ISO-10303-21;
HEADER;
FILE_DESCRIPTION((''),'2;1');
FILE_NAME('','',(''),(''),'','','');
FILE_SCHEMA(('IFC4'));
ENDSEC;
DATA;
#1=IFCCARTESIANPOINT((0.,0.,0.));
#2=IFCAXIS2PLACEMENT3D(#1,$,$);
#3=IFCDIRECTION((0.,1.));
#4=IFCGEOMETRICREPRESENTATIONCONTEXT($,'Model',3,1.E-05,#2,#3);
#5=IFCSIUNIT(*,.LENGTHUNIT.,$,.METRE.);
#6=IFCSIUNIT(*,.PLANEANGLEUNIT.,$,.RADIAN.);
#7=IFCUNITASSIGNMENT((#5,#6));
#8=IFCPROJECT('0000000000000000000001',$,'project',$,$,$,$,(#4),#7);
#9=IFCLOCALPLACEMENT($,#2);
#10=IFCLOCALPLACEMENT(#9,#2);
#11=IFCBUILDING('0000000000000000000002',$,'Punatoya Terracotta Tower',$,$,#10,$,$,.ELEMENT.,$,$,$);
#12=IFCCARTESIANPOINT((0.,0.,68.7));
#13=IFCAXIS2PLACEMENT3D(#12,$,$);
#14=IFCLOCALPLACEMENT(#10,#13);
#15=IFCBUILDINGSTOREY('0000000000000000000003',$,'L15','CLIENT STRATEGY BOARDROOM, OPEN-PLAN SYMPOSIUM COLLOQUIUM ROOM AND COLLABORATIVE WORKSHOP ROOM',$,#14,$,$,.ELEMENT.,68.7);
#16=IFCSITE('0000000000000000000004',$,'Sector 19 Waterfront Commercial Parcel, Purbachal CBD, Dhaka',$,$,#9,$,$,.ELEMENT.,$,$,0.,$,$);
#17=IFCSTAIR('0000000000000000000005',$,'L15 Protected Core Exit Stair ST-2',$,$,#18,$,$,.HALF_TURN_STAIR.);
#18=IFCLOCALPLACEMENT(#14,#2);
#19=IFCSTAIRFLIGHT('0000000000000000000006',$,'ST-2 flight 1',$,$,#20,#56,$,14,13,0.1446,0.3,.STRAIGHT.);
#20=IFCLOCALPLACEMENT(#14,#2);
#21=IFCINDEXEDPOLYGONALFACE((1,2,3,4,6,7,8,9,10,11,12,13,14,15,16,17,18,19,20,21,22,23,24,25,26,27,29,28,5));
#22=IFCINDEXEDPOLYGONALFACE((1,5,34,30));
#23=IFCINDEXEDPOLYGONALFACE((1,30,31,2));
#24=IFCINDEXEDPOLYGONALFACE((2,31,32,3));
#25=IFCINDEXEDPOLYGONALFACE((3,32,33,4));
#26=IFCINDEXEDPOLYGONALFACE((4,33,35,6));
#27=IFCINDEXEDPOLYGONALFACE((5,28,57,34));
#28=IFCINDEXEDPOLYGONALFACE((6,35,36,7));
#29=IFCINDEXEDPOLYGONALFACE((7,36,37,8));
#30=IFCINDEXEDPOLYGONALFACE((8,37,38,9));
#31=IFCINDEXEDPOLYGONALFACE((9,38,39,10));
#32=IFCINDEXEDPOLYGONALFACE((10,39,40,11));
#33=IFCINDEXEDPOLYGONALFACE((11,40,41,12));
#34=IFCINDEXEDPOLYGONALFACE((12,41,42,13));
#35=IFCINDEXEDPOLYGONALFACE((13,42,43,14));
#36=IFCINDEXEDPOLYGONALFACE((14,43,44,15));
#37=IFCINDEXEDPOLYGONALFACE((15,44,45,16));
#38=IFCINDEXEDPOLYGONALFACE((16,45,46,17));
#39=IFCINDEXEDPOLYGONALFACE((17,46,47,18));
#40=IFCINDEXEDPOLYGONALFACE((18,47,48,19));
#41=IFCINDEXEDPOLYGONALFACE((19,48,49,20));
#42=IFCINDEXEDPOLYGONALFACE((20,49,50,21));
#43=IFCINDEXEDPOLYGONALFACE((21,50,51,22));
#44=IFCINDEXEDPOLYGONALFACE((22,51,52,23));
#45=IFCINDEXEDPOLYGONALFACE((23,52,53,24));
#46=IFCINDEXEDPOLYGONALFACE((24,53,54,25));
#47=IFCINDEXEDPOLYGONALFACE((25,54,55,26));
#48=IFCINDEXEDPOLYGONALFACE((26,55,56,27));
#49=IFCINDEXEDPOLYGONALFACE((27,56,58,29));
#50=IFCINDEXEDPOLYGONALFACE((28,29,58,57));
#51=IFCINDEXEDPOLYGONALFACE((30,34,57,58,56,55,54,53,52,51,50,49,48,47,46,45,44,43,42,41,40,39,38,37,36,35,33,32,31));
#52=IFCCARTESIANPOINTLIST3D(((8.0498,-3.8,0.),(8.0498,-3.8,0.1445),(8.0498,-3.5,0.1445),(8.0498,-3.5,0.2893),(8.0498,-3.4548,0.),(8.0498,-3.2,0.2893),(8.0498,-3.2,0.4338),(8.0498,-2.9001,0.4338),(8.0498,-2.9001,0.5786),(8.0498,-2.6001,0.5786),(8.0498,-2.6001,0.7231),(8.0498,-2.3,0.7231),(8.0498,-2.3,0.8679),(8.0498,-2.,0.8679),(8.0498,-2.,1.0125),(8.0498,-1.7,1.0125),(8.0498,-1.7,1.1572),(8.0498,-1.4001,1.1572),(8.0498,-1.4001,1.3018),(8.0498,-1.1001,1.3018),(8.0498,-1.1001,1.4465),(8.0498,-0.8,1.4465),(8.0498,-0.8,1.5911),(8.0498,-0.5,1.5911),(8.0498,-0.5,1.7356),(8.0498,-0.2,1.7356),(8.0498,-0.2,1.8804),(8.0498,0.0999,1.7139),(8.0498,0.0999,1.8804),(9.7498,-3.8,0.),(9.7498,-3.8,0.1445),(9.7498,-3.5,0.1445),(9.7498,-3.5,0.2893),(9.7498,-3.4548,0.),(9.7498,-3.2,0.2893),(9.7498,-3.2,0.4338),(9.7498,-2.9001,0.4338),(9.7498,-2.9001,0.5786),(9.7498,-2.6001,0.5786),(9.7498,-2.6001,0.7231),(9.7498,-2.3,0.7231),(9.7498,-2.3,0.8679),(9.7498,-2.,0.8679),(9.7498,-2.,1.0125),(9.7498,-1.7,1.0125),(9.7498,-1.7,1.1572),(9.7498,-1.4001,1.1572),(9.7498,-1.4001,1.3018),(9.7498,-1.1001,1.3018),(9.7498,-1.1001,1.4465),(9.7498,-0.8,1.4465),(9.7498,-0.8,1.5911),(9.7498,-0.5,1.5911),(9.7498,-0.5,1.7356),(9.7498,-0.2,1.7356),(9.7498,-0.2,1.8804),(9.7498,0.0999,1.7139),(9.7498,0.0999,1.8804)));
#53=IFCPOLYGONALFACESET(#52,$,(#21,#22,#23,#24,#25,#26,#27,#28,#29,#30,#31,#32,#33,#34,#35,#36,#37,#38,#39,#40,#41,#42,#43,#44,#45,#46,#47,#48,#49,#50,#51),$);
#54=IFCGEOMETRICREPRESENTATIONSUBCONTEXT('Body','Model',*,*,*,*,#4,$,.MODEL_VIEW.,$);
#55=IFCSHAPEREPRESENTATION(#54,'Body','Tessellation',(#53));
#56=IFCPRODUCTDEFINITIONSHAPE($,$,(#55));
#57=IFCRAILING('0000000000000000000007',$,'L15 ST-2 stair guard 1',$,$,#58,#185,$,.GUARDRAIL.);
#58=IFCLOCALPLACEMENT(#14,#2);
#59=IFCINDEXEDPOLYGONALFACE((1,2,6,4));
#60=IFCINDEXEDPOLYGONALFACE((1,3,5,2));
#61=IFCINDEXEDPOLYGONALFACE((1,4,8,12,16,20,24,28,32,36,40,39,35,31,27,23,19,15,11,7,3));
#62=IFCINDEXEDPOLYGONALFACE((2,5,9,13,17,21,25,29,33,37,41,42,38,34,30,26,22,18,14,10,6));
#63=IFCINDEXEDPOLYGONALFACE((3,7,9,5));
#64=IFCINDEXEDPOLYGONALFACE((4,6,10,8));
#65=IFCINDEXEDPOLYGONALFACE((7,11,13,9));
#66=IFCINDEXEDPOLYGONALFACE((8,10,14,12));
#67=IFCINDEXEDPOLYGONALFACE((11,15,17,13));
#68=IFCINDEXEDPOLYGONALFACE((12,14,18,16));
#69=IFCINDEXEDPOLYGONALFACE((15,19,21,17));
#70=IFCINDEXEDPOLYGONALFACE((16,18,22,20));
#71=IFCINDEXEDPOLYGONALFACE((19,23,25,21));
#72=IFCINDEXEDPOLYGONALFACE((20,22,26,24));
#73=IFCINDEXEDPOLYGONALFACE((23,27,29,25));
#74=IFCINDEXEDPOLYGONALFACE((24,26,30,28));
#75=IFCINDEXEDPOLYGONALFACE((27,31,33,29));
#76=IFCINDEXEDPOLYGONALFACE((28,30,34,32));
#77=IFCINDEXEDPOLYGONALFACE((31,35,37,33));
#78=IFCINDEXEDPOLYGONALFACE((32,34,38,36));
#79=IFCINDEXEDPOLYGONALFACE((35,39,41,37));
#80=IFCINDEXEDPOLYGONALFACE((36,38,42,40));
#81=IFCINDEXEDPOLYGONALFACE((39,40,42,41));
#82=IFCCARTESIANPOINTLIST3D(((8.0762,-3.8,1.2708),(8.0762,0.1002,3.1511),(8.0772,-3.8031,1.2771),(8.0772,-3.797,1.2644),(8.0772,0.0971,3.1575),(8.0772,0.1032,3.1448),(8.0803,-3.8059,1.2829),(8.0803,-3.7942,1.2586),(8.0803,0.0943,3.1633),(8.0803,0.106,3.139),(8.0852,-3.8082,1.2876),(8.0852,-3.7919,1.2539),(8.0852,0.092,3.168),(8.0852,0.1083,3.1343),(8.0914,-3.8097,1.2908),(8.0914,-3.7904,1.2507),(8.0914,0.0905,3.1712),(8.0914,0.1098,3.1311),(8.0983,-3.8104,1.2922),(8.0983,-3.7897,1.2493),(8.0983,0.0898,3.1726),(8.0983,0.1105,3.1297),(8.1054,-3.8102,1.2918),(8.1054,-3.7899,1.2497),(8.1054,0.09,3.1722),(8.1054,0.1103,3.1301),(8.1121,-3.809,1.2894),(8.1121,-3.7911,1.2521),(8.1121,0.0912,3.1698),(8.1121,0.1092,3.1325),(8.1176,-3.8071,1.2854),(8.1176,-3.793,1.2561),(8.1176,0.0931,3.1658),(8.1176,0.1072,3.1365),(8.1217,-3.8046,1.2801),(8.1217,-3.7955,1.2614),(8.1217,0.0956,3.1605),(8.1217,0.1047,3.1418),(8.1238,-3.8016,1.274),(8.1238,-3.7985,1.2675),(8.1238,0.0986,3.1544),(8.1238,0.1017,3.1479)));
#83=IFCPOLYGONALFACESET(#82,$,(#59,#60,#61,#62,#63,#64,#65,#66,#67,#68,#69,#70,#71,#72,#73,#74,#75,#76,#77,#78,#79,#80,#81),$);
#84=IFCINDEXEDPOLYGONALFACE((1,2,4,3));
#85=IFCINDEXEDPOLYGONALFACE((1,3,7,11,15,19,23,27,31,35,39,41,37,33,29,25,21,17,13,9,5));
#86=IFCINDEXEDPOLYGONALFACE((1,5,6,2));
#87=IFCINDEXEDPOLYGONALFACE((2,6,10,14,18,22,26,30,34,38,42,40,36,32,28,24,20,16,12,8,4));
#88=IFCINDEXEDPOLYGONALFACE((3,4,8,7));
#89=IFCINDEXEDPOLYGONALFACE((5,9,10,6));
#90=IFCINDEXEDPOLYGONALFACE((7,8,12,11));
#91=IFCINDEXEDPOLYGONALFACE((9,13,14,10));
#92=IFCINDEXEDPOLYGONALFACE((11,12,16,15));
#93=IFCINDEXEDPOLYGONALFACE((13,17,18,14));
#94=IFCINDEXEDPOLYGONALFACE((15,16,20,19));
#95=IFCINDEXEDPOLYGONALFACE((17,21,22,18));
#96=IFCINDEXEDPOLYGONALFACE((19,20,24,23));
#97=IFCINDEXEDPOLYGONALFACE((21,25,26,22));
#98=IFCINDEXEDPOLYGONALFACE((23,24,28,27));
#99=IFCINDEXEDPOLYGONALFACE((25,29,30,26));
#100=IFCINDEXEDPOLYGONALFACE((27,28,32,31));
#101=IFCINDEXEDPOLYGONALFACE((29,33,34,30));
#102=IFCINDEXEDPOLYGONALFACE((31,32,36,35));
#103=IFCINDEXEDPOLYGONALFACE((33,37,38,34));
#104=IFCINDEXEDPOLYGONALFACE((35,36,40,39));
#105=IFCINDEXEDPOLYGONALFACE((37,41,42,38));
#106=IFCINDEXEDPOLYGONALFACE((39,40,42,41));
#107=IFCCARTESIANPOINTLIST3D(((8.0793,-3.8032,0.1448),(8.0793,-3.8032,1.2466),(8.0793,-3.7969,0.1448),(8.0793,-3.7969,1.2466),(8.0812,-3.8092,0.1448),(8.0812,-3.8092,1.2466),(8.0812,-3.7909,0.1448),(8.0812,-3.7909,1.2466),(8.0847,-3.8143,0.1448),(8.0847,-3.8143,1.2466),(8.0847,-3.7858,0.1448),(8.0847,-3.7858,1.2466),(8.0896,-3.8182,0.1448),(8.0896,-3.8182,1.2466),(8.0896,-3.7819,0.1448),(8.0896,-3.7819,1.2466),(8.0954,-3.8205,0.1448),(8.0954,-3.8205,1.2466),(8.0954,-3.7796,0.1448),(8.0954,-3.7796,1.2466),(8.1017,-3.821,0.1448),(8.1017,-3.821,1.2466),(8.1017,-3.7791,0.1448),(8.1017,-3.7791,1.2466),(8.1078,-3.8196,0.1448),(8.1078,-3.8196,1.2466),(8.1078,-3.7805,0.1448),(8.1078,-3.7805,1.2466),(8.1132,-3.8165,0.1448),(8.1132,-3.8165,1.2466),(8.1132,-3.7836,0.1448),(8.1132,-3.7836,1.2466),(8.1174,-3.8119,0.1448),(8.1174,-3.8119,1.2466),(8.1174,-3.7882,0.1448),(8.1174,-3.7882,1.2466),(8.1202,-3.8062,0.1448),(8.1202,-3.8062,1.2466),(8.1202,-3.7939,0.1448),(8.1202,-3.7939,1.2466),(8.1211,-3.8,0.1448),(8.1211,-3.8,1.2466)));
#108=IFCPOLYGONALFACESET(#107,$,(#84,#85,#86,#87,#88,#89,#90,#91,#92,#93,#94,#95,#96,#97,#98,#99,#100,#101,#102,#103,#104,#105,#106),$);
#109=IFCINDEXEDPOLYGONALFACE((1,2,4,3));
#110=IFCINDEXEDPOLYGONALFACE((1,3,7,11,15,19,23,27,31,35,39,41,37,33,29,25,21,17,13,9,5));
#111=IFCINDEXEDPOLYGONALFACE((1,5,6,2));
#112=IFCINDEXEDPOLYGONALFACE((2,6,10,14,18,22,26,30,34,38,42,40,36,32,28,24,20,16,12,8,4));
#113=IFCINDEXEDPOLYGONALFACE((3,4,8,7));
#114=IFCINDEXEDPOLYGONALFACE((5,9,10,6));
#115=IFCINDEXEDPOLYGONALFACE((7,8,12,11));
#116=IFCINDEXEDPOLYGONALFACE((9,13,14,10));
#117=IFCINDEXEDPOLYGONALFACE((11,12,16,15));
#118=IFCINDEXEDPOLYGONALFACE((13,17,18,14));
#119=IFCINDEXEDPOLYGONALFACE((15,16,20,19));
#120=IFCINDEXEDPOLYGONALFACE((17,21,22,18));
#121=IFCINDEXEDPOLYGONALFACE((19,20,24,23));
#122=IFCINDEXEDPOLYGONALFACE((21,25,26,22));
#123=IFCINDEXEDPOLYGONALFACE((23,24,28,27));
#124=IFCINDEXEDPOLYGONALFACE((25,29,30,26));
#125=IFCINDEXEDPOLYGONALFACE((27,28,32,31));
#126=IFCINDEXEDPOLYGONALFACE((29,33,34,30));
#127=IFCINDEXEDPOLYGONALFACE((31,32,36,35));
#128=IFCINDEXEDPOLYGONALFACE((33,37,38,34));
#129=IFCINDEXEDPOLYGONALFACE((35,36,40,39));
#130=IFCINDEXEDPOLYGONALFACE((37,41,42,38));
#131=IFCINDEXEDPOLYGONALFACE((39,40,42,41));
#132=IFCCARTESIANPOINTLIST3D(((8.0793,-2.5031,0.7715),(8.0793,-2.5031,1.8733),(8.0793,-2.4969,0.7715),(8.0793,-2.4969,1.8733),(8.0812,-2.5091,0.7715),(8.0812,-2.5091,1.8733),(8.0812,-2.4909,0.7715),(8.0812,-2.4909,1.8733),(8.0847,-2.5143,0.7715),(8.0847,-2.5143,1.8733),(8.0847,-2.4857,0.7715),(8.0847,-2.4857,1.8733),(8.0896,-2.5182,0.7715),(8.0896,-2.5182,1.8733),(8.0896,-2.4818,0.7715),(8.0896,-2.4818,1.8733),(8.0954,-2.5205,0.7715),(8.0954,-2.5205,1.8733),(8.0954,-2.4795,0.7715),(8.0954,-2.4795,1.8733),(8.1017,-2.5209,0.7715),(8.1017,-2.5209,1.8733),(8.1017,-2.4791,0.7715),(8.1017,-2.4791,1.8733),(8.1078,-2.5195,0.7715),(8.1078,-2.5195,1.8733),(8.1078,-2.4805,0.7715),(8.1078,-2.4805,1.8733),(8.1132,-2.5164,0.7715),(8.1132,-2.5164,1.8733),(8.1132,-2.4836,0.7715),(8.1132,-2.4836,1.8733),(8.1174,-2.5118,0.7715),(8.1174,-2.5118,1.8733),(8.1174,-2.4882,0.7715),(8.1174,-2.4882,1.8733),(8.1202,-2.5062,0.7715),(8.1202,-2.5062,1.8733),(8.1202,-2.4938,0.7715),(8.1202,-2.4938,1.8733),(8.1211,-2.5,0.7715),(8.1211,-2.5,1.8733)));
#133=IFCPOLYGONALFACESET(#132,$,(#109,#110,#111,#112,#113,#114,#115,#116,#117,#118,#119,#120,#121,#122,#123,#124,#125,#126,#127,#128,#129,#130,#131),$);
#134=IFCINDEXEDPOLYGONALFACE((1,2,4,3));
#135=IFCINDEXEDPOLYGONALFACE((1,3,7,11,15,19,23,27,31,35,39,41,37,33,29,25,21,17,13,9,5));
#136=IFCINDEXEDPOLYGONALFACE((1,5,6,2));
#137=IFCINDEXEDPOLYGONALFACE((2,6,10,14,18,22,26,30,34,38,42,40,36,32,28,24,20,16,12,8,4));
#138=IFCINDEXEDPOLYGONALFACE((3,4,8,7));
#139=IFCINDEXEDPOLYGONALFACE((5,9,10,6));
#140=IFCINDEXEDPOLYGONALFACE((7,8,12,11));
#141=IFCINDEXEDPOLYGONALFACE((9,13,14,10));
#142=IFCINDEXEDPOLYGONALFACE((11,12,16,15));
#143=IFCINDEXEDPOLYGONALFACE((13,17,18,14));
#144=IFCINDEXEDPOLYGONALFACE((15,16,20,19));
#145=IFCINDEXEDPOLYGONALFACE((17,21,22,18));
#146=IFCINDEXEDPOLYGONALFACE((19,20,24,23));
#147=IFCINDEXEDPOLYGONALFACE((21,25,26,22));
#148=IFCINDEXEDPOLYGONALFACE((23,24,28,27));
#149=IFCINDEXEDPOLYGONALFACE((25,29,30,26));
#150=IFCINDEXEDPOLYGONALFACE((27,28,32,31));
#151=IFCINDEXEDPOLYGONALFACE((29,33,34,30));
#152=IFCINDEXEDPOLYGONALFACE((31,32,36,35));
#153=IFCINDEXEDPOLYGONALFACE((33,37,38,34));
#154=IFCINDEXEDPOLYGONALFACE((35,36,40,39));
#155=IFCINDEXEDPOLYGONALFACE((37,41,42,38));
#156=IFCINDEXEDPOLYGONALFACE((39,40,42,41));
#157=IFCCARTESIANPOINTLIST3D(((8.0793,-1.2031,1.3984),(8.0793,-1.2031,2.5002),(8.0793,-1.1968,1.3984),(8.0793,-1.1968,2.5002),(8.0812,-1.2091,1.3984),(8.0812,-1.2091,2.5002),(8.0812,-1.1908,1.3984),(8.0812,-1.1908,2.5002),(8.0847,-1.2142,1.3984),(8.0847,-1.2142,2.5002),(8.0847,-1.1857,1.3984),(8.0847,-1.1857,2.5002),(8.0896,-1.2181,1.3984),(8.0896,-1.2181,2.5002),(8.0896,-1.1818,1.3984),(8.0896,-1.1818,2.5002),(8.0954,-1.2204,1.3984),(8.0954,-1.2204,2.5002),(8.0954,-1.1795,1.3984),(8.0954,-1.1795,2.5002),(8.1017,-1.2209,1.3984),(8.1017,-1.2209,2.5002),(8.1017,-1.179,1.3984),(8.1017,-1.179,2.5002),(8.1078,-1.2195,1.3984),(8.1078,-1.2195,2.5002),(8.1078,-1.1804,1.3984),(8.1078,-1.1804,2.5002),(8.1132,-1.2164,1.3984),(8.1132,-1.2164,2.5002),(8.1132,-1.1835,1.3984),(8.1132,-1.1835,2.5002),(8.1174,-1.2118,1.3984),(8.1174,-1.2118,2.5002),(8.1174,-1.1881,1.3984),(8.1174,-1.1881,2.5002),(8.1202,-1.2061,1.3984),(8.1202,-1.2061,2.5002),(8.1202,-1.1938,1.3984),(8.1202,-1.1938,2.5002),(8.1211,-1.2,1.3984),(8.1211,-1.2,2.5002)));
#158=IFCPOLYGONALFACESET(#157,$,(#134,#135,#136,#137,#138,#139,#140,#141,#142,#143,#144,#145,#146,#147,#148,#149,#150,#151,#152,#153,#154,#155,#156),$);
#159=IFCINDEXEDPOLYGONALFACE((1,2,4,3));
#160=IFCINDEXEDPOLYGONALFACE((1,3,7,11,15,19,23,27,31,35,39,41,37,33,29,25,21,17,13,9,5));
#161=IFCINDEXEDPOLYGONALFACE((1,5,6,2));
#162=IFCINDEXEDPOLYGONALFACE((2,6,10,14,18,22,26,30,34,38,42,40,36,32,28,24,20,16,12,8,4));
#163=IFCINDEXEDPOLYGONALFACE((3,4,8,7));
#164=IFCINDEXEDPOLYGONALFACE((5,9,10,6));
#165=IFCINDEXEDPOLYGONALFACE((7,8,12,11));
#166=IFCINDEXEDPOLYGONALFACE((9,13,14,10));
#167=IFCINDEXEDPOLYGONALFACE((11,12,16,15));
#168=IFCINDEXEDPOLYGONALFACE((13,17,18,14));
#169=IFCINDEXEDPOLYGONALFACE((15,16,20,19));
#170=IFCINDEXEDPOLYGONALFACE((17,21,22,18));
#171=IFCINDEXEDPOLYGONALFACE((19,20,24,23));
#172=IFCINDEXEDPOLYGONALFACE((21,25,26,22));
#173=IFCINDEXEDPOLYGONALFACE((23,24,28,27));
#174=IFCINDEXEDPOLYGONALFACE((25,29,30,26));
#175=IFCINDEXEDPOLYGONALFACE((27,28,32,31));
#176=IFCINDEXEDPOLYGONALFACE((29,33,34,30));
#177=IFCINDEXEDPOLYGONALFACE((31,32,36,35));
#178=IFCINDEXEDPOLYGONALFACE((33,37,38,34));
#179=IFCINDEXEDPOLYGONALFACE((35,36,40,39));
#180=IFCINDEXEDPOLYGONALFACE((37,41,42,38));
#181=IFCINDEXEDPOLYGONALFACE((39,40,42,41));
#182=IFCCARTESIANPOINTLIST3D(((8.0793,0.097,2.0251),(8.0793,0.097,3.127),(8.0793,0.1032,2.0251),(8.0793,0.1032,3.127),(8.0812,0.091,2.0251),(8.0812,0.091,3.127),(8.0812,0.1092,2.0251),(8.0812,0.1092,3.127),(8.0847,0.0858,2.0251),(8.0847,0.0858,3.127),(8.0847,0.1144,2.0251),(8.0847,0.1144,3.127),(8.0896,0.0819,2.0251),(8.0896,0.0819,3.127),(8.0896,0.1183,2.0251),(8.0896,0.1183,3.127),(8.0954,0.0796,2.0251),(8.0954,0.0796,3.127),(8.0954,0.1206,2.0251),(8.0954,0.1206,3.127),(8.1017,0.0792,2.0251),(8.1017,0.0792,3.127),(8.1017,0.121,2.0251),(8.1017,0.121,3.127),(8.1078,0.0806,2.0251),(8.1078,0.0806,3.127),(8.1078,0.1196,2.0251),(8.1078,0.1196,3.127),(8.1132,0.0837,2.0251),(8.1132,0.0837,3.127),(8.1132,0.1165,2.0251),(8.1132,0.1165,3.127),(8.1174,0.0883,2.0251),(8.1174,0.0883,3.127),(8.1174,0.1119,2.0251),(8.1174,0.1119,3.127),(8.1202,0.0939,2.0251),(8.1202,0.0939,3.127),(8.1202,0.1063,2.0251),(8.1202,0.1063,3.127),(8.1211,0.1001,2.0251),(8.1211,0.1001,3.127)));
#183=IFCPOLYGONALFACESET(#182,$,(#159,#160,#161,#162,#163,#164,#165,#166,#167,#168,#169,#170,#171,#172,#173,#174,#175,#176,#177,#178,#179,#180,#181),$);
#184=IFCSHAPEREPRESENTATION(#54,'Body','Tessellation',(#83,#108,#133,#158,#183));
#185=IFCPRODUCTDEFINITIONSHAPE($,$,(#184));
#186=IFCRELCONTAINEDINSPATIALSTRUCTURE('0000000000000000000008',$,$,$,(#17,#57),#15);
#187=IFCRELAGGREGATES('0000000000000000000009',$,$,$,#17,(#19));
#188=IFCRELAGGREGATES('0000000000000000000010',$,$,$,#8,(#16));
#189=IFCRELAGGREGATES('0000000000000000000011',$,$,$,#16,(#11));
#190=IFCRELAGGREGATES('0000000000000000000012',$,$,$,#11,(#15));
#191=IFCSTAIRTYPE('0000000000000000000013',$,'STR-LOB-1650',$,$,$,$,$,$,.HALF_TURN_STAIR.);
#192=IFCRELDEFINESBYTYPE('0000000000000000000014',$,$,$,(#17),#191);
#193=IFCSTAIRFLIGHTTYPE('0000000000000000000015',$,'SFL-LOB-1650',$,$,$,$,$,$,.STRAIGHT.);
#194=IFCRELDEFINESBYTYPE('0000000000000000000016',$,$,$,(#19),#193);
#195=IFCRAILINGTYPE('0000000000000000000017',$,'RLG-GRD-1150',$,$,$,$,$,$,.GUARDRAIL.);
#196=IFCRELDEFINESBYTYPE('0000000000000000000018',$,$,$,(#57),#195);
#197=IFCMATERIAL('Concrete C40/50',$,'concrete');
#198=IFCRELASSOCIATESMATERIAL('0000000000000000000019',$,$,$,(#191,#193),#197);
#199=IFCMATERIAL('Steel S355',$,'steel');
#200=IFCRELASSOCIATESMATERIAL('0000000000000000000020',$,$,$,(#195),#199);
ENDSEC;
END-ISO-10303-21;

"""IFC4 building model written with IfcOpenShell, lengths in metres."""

from ifc_helpers import new_model, si_unit, direction, frame, origin, origin_2d, place, context, subcontext, project, spatial, polyline, circle, outline, extrude, material, type_object, element, aggregate, save


model = new_model("IFC4")

# Units and contexts
model_context = context("Model", 3, precision=1e-05, world=origin(), true_north=direction((0.0, 1.0)))
body_context = subcontext(model_context, "Body", "Model", "MODEL_VIEW")
ifc_project = project(units=[si_unit("LENGTHUNIT", "METRE"), si_unit("PLANEANGLEUNIT", "RADIAN")], contexts=[model_context])

# Site, building, storey
site_placement = place(None, origin())
site = spatial("IfcSite", under=ifc_project, at=site_placement, Name="Sector 19 Waterfront Commercial Parcel, Purbachal CBD, Dhaka", CompositionType="ELEMENT", RefElevation=0.0)
building_placement = place(site_placement, origin())
building = spatial("IfcBuilding", under=site, at=building_placement, Name="Punatoya Terracotta Tower", CompositionType="ELEMENT")
storey_placement = place(building_placement, frame((0.0, 0.0, 68.7)))
storey = spatial("IfcBuildingStorey", under=building, at=storey_placement, Name="L15", Description="CLIENT STRATEGY BOARDROOM, OPEN-PLAN SYMPOSIUM COLLOQUIUM ROOM AND COLLABORATIVE WORKSHOP ROOM", CompositionType="ELEMENT", Elevation=68.7)

# Shared definitions
ifc_material_1 = material(Name="Steel S355", Category="steel")

# Stair, stair flight
ifc_material_2 = material(Name="Concrete C40/50", Category="concrete")
stair_type = type_object("IfcStairType", Name="STR-LOB-1650", PredefinedType="HALF_TURN_STAIR", material=ifc_material_2)
stair_placement = place(storey_placement, origin())
stair = element("IfcStair", 1, at=stair_placement, inside=storey, type_object=stair_type, Name="L15 Protected Core Exit Stair ST-2", PredefinedType="HALF_TURN_STAIR")
stair_flight_type = type_object("IfcStairFlightType", Name="SFL-LOB-1650", PredefinedType="STRAIGHT", material=ifc_material_2)
stair_flight_placement = place(storey_placement, frame((8.8999, -3.8, 0.0), z_axis=(0.0, 0.0, 1.0), x_axis=(0.0, 1.0, 0.0)))
stair_flight = element("IfcStairFlight", 2, at=stair_flight_placement, type_object=stair_flight_type, Name="ST-2 flight 1", NumberOfRisers=14, NumberOfTreads=13, PredefinedType="STRAIGHT", RiserHeight=0.1446, TreadLength=0.3, context=body_context, shape_type="SweptSolid", body=[
    extrude(outline(polyline([(0.0, 0.0), (0.0, 0.1445), (0.3, 0.1445), (0.3, 0.2893), (0.6001, 0.2893), (0.6001, 0.4338), (0.8999, 0.4338), (0.8999, 0.5786), (1.2, 0.5786), (1.2, 0.7231), (1.5, 0.7231), (1.5, 0.8679), (1.8, 0.8679), (1.8, 1.0125), (2.1001, 1.0125), (2.1001, 1.1572), (2.3999, 1.1572), (2.3999, 1.3018), (2.7, 1.3018), (2.7, 1.4465), (3.0, 1.4465), (3.0, 1.5911), (3.3, 1.5911), (3.3, 1.7356), (3.6001, 1.7356), (3.6001, 1.8804), (3.8999, 1.8804), (3.8999, 2.0249), (3.8999, 1.7139), (0.3452, 0.0), (0.0, 0.0)])), frame((0.0, 0.8501, 0.0), z_axis=(0.0, -1.0, 0.0), x_axis=(1.0, 0.0, 0.0)), (0.0, 0.0, 1.0), 1.7),
])
aggregate(stair, [stair_flight])

# Railing
railing_type_1 = type_object("IfcRailingType", Name="RLG-GRD-1150", PredefinedType="GUARDRAIL", material=ifc_material_1)
railing_1_placement = place(storey_placement, frame((8.1001, -3.8, 0.1448)))
element("IfcRailing", 3, at=railing_1_placement, inside=storey, type_object=railing_type_1, Name="L15 ST-2 stair guard 1", PredefinedType="GUARDRAIL", context=body_context, shape_type="SweptSolid", body=[
    extrude(circle(Radius=0.0239, at=origin_2d()), frame((0.0, 0.0, 1.126), z_axis=(0.0, 0.900774, 0.434289), x_axis=(-1.0, 0.0, 0.0)), (0.0, 0.0, 1.0), 4.3298),
    extrude(circle(Radius=0.021, at=origin_2d()), origin(), (0.0, 0.0, 1.0), 1.1018),
    extrude(circle(Radius=0.021, at=origin_2d()), frame((0.0, 1.3, 0.6267)), (0.0, 0.0, 1.0), 1.1018),
    extrude(circle(Radius=0.021, at=origin_2d()), frame((0.0, 2.6001, 1.2537)), (0.0, 0.0, 1.0), 1.1018),
    extrude(circle(Radius=0.021, at=origin_2d()), frame((0.0, 3.9001, 1.8804)), (0.0, 0.0, 1.0), 1.1018),
])

save(model, "model.ifc")
